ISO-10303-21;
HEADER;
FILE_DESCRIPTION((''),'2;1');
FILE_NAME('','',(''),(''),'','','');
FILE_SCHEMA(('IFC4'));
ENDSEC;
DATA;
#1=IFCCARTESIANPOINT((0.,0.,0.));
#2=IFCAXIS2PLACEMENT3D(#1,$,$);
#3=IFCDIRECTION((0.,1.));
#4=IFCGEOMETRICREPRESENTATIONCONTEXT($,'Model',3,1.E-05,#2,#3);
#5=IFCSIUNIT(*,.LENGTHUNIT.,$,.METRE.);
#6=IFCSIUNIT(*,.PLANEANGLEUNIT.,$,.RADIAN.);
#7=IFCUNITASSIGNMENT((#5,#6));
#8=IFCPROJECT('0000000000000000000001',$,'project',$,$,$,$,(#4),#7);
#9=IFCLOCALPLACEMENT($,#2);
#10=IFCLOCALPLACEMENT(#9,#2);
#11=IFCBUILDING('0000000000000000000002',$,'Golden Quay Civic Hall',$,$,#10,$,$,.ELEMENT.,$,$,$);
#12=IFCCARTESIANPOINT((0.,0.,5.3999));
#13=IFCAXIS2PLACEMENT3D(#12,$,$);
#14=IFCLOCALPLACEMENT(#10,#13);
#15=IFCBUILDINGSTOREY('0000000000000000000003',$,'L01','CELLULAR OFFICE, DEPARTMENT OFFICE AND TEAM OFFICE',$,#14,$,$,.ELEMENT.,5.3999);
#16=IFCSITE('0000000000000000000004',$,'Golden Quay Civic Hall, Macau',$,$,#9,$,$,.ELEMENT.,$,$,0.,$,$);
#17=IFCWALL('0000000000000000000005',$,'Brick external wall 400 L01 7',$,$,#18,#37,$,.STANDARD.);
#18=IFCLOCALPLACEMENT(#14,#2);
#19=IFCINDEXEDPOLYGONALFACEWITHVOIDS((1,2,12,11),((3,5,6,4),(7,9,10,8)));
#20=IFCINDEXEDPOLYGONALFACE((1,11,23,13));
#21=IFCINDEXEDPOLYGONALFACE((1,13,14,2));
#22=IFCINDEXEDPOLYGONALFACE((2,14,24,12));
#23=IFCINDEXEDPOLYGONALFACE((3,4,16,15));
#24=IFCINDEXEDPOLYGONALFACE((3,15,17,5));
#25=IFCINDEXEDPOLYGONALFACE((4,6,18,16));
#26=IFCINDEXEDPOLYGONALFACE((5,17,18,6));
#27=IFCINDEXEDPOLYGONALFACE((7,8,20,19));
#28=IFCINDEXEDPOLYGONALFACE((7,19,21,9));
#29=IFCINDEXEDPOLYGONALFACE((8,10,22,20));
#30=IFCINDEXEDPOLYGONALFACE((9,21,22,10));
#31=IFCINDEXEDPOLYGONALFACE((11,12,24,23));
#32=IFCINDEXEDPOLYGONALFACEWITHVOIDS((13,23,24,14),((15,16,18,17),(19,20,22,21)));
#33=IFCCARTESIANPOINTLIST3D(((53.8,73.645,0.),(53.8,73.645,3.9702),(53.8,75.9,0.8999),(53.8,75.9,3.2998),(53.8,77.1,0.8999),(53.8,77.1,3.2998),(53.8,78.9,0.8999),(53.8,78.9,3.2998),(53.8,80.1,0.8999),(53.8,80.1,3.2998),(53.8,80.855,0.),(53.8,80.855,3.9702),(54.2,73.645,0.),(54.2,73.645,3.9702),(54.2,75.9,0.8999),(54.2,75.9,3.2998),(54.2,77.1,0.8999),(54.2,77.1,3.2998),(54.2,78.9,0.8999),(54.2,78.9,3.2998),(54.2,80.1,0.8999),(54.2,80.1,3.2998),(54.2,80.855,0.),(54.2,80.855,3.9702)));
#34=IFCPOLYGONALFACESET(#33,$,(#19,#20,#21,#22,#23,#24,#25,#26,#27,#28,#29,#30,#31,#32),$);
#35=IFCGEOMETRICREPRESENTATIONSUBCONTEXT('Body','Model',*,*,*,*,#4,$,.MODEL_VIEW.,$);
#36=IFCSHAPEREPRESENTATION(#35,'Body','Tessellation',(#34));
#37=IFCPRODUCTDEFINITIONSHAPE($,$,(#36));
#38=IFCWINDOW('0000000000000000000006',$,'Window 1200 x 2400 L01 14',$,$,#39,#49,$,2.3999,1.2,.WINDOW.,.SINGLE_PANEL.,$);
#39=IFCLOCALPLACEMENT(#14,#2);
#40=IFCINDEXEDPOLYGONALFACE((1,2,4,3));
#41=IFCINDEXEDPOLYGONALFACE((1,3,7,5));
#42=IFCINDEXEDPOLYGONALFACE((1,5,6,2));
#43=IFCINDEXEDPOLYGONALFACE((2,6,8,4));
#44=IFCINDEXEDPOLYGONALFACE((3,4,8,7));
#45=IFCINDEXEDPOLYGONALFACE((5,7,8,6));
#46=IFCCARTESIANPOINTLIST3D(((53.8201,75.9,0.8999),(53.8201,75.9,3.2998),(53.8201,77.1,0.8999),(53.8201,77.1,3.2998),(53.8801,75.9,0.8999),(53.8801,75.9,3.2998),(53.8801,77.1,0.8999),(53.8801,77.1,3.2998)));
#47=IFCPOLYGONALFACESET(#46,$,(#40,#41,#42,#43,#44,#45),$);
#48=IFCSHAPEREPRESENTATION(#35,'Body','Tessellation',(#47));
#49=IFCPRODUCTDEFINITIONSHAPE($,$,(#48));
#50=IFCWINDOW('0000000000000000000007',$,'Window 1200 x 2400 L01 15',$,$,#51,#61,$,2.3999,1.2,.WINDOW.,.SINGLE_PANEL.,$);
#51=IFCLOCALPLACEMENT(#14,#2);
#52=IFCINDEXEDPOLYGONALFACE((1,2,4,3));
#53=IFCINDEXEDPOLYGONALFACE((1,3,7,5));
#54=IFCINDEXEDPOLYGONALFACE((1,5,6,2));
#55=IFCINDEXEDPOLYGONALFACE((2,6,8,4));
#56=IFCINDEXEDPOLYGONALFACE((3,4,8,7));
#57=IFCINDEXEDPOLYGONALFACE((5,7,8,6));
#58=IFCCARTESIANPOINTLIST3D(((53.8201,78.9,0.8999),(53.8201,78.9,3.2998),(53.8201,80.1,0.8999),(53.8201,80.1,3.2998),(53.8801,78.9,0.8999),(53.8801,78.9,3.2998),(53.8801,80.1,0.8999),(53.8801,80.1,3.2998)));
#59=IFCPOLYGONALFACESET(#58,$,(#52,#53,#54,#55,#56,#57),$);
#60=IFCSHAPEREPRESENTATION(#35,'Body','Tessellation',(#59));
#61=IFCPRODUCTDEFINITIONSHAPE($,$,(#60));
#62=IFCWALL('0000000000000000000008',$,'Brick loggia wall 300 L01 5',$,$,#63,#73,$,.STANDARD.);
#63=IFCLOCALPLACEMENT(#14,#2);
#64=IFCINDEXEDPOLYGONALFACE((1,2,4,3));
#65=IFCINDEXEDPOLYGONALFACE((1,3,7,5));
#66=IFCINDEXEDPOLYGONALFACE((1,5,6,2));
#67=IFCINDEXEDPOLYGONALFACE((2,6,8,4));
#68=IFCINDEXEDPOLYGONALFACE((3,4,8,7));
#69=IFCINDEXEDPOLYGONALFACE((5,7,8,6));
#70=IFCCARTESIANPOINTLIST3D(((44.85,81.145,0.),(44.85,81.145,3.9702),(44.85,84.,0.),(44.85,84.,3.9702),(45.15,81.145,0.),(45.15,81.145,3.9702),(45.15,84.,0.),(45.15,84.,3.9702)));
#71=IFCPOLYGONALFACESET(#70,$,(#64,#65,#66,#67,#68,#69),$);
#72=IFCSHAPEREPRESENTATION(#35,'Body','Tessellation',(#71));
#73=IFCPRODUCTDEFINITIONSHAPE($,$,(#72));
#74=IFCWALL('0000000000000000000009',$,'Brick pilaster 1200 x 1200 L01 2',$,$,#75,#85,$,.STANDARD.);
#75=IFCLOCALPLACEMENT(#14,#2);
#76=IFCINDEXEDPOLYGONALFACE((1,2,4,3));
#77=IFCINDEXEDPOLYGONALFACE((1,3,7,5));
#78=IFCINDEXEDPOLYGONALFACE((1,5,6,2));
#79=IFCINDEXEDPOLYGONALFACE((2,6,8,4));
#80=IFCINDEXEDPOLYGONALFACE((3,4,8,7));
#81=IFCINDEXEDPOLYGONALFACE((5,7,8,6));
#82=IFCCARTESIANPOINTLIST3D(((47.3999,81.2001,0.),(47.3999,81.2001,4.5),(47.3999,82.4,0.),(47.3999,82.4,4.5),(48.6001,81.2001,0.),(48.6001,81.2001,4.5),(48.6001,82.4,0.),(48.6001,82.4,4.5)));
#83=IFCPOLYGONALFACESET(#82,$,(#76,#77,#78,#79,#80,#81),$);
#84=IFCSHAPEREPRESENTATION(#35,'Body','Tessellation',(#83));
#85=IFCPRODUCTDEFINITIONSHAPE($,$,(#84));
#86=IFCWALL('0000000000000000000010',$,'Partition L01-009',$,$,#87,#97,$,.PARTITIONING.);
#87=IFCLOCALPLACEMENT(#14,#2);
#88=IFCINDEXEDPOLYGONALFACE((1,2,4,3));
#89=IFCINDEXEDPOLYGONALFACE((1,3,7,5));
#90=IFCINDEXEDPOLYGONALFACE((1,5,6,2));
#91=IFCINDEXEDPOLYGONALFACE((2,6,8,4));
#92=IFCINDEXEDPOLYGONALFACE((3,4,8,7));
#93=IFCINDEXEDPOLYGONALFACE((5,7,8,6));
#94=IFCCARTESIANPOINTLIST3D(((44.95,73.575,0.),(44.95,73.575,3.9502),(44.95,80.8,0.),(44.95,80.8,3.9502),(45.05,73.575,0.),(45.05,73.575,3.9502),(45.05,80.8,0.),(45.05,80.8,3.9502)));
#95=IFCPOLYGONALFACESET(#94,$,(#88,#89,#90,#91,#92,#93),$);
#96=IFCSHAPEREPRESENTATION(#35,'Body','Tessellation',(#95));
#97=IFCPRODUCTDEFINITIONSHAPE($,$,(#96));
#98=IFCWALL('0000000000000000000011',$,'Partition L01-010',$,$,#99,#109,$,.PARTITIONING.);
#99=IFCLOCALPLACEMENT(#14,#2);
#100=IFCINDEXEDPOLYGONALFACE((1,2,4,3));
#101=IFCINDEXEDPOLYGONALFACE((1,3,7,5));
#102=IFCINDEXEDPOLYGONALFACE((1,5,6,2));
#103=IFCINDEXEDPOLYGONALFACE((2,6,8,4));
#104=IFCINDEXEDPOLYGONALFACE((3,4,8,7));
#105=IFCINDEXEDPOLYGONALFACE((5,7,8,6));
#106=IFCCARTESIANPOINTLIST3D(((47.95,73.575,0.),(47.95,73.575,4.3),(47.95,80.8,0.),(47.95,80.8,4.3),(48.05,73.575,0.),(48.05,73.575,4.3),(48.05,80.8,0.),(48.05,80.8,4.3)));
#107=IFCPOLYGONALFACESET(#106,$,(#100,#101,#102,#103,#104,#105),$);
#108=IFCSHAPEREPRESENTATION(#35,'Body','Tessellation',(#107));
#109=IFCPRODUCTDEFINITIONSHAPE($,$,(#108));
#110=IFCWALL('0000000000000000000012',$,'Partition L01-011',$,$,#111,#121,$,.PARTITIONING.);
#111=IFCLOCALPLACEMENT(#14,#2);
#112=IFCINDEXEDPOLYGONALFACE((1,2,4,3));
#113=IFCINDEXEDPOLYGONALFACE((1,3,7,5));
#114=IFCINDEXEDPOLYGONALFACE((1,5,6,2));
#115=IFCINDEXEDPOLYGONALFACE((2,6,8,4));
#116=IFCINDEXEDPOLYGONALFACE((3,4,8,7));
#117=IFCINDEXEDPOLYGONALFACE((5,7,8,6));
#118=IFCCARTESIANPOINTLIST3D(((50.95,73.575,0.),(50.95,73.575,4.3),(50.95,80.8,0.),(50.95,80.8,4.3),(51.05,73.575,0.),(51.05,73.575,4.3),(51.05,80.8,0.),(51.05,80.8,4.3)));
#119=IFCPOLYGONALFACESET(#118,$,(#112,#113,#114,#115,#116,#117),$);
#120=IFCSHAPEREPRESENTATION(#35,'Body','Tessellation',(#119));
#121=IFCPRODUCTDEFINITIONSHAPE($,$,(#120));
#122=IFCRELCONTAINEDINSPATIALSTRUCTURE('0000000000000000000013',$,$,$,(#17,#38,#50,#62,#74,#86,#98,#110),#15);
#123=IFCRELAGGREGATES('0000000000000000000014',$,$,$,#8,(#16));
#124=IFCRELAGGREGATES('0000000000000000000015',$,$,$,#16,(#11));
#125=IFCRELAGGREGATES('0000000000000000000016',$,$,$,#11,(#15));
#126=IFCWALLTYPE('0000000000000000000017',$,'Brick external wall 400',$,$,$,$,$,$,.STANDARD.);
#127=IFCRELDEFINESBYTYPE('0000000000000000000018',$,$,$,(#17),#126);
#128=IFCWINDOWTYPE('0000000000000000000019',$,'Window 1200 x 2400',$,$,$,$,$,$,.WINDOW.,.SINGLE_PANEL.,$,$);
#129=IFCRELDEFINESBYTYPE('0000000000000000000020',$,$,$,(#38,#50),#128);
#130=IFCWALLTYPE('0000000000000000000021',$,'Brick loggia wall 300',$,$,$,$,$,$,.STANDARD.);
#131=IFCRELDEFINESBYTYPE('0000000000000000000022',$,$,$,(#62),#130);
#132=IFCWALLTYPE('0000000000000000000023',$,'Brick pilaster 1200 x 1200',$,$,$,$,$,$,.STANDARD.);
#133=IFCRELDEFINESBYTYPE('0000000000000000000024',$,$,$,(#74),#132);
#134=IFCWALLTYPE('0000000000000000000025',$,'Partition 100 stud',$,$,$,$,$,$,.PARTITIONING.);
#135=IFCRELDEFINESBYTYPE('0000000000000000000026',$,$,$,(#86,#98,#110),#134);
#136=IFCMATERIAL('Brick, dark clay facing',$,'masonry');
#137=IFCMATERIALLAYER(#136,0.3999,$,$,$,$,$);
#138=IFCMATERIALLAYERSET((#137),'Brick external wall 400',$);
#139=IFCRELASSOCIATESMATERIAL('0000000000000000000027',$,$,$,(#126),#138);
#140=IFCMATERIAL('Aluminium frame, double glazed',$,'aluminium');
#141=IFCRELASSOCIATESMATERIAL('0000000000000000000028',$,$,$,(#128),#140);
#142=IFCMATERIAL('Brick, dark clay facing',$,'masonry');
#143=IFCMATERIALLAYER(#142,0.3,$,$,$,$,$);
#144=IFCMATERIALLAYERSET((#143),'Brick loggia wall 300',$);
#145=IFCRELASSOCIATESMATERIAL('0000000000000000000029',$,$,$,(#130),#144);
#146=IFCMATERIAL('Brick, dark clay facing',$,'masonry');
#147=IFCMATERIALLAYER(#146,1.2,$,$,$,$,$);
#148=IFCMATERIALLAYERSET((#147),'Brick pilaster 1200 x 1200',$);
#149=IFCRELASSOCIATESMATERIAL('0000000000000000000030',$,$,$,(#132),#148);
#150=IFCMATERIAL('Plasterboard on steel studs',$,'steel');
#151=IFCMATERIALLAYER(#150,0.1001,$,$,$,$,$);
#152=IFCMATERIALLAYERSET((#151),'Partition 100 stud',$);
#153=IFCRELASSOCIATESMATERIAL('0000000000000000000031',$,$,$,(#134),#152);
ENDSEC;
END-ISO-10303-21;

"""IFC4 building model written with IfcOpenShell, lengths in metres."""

from ifc_helpers import new_model, si_unit, direction, frame, frame_2d, origin, place, context, subcontext, project, spatial, rectangle, extrude, material, layer, layer_set, type_object, element, fill, save


model = new_model("IFC4")

# Units and contexts
model_context = context("Model", 3, precision=1e-05, world=origin(), true_north=direction((0.0, 1.0)))
body_context = subcontext(model_context, "Body", "Model", "MODEL_VIEW")
ifc_project = project(units=[si_unit("LENGTHUNIT", "METRE"), si_unit("PLANEANGLEUNIT", "RADIAN")], contexts=[model_context])

# Site, building, storey
site_placement = place(None, origin())
site = spatial("IfcSite", under=ifc_project, at=site_placement, Name="Golden Quay Civic Hall, Macau", CompositionType="ELEMENT", RefElevation=0.0)
building_placement = place(site_placement, origin())
building = spatial("IfcBuilding", under=site, at=building_placement, Name="Golden Quay Civic Hall", CompositionType="ELEMENT")
storey_placement = place(building_placement, frame((0.0, 0.0, 5.3999)))
storey = spatial("IfcBuildingStorey", under=building, at=storey_placement, Name="L01", Description="CELLULAR OFFICE, DEPARTMENT OFFICE AND TEAM OFFICE", CompositionType="ELEMENT", Elevation=5.3999)

# Shared definitions
ifc_material_1 = material(Name="Brick, dark clay facing", Category="masonry")
ifc_layer_1 = layer(ifc_material_1, 0.3999)
ifc_layer_set_1 = layer_set([ifc_layer_1], Name="Brick external wall 400")
wall_type_1 = type_object("IfcWallType", Name="Brick external wall 400", PredefinedType="STANDARD", material=ifc_layer_set_1)
ifc_material_2 = material(Name="Aluminium frame, double glazed", Category="aluminium")
window_type_1 = type_object("IfcWindowType", Name="Window 1200 x 2400", PartitioningType="SINGLE_PANEL", PredefinedType="WINDOW", material=ifc_material_2)

# Wall, openings, windows
wall_1_placement = place(storey_placement, frame((54.0, 80.855, 0.0), z_axis=(0.0, 0.0, 1.0), x_axis=(0.0, -1.0, 0.0)))
wall_1 = element("IfcWall", 1, at=wall_1_placement, inside=storey, type_object=wall_type_1, Name="Brick external wall 400 L01 7", PredefinedType="STANDARD", context=body_context, shape_type="SweptSolid", body=[
    extrude(rectangle(XDim=7.21, YDim=0.3999, at=frame_2d((3.605, 0.0))), origin(), (0.0, 0.0, 1.0), 3.9702),
])
opening_1_placement = place(wall_1_placement, frame((3.7549, 0.0, 0.8999)))
opening_1 = element("IfcOpeningElement", 2, at=opening_1_placement, cuts=wall_1, PredefinedType="OPENING", context=body_context, shape_type="SweptSolid", body=[
    extrude(rectangle(XDim=1.2, YDim=2.3999, at=frame_2d((0.6001, 1.2))), frame((0.0, 0.21, 0.0), z_axis=(0.0, -1.0, 0.0), x_axis=(1.0, 0.0, 0.0)), (0.0, 0.0, 1.0), 0.4199),
])
opening_2_placement = place(wall_1_placement, frame((0.7549, 0.0, 0.8999)))
opening_2 = element("IfcOpeningElement", 3, at=opening_2_placement, cuts=wall_1, PredefinedType="OPENING", context=body_context, shape_type="SweptSolid", body=[
    extrude(rectangle(XDim=1.2, YDim=2.3999, at=frame_2d((0.6001, 1.2))), frame((0.0, 0.21, 0.0), z_axis=(0.0, -1.0, 0.0), x_axis=(1.0, 0.0, 0.0)), (0.0, 0.0, 1.0), 0.4199),
])
window_1_placement = place(opening_1_placement, origin())
window_1 = element("IfcWindow", 4, at=window_1_placement, inside=storey, type_object=window_type_1, Name="Window 1200 x 2400 L01 14", OverallHeight=2.3999, OverallWidth=1.2, PartitioningType="SINGLE_PANEL", PredefinedType="WINDOW", context=body_context, shape_type="SweptSolid", body=[
    extrude(rectangle(XDim=1.2, YDim=2.3999, at=frame_2d((0.6001, 1.2))), frame((0.0, -0.1199, 0.0), z_axis=(0.0, -1.0, 0.0), x_axis=(1.0, 0.0, 0.0)), (0.0, 0.0, 1.0), 0.0601),
])
fill(opening_1, window_1)
window_2_placement = place(opening_2_placement, origin())
window_2 = element("IfcWindow", 5, at=window_2_placement, inside=storey, type_object=window_type_1, Name="Window 1200 x 2400 L01 15", OverallHeight=2.3999, OverallWidth=1.2, PartitioningType="SINGLE_PANEL", PredefinedType="WINDOW", context=body_context, shape_type="SweptSolid", body=[
    extrude(rectangle(XDim=1.2, YDim=2.3999, at=frame_2d((0.6001, 1.2))), frame((0.0, -0.1199, 0.0), z_axis=(0.0, -1.0, 0.0), x_axis=(1.0, 0.0, 0.0)), (0.0, 0.0, 1.0), 0.0601),
])
fill(opening_2, window_2)

# Walls
ifc_material_3 = material(Name="Brick, dark clay facing", Category="masonry")
ifc_layer_2 = layer(ifc_material_3, 0.3)
ifc_layer_set_2 = layer_set([ifc_layer_2], Name="Brick loggia wall 300")
wall_type_2 = type_object("IfcWallType", Name="Brick loggia wall 300", PredefinedType="STANDARD", material=ifc_layer_set_2)
wall_2_placement = place(storey_placement, frame((45.0, 81.145, 0.0), z_axis=(0.0, 0.0, 1.0), x_axis=(0.0, 1.0, 0.0)))
element("IfcWall", 6, at=wall_2_placement, inside=storey, type_object=wall_type_2, Name="Brick loggia wall 300 L01 5", PredefinedType="STANDARD", context=body_context, shape_type="SweptSolid", body=[
    extrude(rectangle(XDim=2.855, YDim=0.3, at=frame_2d((1.4275, 0.0))), origin(), (0.0, 0.0, 1.0), 3.9702),
])
ifc_material_4 = material(Name="Brick, dark clay facing", Category="masonry")
ifc_layer_3 = layer(ifc_material_4, 1.2)
ifc_layer_set_3 = layer_set([ifc_layer_3], Name="Brick pilaster 1200 x 1200")
wall_type_3 = type_object("IfcWallType", Name="Brick pilaster 1200 x 1200", PredefinedType="STANDARD", material=ifc_layer_set_3)
wall_3_placement = place(storey_placement, frame((47.3999, 81.8, 0.0), z_axis=(0.0, 0.0, 1.0), x_axis=(1.0, 0.0, 0.0)))
element("IfcWall", 7, at=wall_3_placement, inside=storey, type_object=wall_type_3, Name="Brick pilaster 1200 x 1200 L01 2", PredefinedType="STANDARD", context=body_context, shape_type="SweptSolid", body=[
    extrude(rectangle(XDim=1.2002, YDim=1.2, at=frame_2d((0.6001, 0.0))), origin(), (0.0, 0.0, 1.0), 4.5),
])
ifc_material_5 = material(Name="Plasterboard on steel studs", Category="steel")
ifc_layer_4 = layer(ifc_material_5, 0.1001)
ifc_layer_set_4 = layer_set([ifc_layer_4], Name="Partition 100 stud")
wall_type_4 = type_object("IfcWallType", Name="Partition 100 stud", PredefinedType="PARTITIONING", material=ifc_layer_set_4)
wall_4_placement = place(storey_placement, frame((45.0, 73.575, 0.0), z_axis=(0.0, 0.0, 1.0), x_axis=(0.0, 1.0, 0.0)))
element("IfcWall", 8, at=wall_4_placement, inside=storey, type_object=wall_type_4, Name="Partition L01-009", PredefinedType="PARTITIONING", context=body_context, shape_type="SweptSolid", body=[
    extrude(rectangle(XDim=7.2251, YDim=0.1001, at=frame_2d((3.6125, 0.0))), origin(), (0.0, 0.0, 1.0), 3.9502),
])
for number, where, z_axis, x_axis, name in (
    (9, (48.0, 73.575, 0.0), (0.0, 0.0, 1.0), (0.0, 1.0, 0.0), "Partition L01-010"),
    (10, (51.0, 73.575, 0.0), (0.0, 0.0, 1.0), (0.0, 1.0, 0.0), "Partition L01-011"),
):
    element("IfcWall", number, at=place(storey_placement, frame(where, z_axis=z_axis, x_axis=x_axis)), inside=storey, type_object=wall_type_4, Name=name, PredefinedType="PARTITIONING", context=body_context, shape_type="SweptSolid", body=[
        extrude(rectangle(XDim=7.2251, YDim=0.1001, at=frame_2d((3.6125, 0.0))), origin(), (0.0, 0.0, 1.0), 4.3),
    ])

save(model, "model.ifc")
